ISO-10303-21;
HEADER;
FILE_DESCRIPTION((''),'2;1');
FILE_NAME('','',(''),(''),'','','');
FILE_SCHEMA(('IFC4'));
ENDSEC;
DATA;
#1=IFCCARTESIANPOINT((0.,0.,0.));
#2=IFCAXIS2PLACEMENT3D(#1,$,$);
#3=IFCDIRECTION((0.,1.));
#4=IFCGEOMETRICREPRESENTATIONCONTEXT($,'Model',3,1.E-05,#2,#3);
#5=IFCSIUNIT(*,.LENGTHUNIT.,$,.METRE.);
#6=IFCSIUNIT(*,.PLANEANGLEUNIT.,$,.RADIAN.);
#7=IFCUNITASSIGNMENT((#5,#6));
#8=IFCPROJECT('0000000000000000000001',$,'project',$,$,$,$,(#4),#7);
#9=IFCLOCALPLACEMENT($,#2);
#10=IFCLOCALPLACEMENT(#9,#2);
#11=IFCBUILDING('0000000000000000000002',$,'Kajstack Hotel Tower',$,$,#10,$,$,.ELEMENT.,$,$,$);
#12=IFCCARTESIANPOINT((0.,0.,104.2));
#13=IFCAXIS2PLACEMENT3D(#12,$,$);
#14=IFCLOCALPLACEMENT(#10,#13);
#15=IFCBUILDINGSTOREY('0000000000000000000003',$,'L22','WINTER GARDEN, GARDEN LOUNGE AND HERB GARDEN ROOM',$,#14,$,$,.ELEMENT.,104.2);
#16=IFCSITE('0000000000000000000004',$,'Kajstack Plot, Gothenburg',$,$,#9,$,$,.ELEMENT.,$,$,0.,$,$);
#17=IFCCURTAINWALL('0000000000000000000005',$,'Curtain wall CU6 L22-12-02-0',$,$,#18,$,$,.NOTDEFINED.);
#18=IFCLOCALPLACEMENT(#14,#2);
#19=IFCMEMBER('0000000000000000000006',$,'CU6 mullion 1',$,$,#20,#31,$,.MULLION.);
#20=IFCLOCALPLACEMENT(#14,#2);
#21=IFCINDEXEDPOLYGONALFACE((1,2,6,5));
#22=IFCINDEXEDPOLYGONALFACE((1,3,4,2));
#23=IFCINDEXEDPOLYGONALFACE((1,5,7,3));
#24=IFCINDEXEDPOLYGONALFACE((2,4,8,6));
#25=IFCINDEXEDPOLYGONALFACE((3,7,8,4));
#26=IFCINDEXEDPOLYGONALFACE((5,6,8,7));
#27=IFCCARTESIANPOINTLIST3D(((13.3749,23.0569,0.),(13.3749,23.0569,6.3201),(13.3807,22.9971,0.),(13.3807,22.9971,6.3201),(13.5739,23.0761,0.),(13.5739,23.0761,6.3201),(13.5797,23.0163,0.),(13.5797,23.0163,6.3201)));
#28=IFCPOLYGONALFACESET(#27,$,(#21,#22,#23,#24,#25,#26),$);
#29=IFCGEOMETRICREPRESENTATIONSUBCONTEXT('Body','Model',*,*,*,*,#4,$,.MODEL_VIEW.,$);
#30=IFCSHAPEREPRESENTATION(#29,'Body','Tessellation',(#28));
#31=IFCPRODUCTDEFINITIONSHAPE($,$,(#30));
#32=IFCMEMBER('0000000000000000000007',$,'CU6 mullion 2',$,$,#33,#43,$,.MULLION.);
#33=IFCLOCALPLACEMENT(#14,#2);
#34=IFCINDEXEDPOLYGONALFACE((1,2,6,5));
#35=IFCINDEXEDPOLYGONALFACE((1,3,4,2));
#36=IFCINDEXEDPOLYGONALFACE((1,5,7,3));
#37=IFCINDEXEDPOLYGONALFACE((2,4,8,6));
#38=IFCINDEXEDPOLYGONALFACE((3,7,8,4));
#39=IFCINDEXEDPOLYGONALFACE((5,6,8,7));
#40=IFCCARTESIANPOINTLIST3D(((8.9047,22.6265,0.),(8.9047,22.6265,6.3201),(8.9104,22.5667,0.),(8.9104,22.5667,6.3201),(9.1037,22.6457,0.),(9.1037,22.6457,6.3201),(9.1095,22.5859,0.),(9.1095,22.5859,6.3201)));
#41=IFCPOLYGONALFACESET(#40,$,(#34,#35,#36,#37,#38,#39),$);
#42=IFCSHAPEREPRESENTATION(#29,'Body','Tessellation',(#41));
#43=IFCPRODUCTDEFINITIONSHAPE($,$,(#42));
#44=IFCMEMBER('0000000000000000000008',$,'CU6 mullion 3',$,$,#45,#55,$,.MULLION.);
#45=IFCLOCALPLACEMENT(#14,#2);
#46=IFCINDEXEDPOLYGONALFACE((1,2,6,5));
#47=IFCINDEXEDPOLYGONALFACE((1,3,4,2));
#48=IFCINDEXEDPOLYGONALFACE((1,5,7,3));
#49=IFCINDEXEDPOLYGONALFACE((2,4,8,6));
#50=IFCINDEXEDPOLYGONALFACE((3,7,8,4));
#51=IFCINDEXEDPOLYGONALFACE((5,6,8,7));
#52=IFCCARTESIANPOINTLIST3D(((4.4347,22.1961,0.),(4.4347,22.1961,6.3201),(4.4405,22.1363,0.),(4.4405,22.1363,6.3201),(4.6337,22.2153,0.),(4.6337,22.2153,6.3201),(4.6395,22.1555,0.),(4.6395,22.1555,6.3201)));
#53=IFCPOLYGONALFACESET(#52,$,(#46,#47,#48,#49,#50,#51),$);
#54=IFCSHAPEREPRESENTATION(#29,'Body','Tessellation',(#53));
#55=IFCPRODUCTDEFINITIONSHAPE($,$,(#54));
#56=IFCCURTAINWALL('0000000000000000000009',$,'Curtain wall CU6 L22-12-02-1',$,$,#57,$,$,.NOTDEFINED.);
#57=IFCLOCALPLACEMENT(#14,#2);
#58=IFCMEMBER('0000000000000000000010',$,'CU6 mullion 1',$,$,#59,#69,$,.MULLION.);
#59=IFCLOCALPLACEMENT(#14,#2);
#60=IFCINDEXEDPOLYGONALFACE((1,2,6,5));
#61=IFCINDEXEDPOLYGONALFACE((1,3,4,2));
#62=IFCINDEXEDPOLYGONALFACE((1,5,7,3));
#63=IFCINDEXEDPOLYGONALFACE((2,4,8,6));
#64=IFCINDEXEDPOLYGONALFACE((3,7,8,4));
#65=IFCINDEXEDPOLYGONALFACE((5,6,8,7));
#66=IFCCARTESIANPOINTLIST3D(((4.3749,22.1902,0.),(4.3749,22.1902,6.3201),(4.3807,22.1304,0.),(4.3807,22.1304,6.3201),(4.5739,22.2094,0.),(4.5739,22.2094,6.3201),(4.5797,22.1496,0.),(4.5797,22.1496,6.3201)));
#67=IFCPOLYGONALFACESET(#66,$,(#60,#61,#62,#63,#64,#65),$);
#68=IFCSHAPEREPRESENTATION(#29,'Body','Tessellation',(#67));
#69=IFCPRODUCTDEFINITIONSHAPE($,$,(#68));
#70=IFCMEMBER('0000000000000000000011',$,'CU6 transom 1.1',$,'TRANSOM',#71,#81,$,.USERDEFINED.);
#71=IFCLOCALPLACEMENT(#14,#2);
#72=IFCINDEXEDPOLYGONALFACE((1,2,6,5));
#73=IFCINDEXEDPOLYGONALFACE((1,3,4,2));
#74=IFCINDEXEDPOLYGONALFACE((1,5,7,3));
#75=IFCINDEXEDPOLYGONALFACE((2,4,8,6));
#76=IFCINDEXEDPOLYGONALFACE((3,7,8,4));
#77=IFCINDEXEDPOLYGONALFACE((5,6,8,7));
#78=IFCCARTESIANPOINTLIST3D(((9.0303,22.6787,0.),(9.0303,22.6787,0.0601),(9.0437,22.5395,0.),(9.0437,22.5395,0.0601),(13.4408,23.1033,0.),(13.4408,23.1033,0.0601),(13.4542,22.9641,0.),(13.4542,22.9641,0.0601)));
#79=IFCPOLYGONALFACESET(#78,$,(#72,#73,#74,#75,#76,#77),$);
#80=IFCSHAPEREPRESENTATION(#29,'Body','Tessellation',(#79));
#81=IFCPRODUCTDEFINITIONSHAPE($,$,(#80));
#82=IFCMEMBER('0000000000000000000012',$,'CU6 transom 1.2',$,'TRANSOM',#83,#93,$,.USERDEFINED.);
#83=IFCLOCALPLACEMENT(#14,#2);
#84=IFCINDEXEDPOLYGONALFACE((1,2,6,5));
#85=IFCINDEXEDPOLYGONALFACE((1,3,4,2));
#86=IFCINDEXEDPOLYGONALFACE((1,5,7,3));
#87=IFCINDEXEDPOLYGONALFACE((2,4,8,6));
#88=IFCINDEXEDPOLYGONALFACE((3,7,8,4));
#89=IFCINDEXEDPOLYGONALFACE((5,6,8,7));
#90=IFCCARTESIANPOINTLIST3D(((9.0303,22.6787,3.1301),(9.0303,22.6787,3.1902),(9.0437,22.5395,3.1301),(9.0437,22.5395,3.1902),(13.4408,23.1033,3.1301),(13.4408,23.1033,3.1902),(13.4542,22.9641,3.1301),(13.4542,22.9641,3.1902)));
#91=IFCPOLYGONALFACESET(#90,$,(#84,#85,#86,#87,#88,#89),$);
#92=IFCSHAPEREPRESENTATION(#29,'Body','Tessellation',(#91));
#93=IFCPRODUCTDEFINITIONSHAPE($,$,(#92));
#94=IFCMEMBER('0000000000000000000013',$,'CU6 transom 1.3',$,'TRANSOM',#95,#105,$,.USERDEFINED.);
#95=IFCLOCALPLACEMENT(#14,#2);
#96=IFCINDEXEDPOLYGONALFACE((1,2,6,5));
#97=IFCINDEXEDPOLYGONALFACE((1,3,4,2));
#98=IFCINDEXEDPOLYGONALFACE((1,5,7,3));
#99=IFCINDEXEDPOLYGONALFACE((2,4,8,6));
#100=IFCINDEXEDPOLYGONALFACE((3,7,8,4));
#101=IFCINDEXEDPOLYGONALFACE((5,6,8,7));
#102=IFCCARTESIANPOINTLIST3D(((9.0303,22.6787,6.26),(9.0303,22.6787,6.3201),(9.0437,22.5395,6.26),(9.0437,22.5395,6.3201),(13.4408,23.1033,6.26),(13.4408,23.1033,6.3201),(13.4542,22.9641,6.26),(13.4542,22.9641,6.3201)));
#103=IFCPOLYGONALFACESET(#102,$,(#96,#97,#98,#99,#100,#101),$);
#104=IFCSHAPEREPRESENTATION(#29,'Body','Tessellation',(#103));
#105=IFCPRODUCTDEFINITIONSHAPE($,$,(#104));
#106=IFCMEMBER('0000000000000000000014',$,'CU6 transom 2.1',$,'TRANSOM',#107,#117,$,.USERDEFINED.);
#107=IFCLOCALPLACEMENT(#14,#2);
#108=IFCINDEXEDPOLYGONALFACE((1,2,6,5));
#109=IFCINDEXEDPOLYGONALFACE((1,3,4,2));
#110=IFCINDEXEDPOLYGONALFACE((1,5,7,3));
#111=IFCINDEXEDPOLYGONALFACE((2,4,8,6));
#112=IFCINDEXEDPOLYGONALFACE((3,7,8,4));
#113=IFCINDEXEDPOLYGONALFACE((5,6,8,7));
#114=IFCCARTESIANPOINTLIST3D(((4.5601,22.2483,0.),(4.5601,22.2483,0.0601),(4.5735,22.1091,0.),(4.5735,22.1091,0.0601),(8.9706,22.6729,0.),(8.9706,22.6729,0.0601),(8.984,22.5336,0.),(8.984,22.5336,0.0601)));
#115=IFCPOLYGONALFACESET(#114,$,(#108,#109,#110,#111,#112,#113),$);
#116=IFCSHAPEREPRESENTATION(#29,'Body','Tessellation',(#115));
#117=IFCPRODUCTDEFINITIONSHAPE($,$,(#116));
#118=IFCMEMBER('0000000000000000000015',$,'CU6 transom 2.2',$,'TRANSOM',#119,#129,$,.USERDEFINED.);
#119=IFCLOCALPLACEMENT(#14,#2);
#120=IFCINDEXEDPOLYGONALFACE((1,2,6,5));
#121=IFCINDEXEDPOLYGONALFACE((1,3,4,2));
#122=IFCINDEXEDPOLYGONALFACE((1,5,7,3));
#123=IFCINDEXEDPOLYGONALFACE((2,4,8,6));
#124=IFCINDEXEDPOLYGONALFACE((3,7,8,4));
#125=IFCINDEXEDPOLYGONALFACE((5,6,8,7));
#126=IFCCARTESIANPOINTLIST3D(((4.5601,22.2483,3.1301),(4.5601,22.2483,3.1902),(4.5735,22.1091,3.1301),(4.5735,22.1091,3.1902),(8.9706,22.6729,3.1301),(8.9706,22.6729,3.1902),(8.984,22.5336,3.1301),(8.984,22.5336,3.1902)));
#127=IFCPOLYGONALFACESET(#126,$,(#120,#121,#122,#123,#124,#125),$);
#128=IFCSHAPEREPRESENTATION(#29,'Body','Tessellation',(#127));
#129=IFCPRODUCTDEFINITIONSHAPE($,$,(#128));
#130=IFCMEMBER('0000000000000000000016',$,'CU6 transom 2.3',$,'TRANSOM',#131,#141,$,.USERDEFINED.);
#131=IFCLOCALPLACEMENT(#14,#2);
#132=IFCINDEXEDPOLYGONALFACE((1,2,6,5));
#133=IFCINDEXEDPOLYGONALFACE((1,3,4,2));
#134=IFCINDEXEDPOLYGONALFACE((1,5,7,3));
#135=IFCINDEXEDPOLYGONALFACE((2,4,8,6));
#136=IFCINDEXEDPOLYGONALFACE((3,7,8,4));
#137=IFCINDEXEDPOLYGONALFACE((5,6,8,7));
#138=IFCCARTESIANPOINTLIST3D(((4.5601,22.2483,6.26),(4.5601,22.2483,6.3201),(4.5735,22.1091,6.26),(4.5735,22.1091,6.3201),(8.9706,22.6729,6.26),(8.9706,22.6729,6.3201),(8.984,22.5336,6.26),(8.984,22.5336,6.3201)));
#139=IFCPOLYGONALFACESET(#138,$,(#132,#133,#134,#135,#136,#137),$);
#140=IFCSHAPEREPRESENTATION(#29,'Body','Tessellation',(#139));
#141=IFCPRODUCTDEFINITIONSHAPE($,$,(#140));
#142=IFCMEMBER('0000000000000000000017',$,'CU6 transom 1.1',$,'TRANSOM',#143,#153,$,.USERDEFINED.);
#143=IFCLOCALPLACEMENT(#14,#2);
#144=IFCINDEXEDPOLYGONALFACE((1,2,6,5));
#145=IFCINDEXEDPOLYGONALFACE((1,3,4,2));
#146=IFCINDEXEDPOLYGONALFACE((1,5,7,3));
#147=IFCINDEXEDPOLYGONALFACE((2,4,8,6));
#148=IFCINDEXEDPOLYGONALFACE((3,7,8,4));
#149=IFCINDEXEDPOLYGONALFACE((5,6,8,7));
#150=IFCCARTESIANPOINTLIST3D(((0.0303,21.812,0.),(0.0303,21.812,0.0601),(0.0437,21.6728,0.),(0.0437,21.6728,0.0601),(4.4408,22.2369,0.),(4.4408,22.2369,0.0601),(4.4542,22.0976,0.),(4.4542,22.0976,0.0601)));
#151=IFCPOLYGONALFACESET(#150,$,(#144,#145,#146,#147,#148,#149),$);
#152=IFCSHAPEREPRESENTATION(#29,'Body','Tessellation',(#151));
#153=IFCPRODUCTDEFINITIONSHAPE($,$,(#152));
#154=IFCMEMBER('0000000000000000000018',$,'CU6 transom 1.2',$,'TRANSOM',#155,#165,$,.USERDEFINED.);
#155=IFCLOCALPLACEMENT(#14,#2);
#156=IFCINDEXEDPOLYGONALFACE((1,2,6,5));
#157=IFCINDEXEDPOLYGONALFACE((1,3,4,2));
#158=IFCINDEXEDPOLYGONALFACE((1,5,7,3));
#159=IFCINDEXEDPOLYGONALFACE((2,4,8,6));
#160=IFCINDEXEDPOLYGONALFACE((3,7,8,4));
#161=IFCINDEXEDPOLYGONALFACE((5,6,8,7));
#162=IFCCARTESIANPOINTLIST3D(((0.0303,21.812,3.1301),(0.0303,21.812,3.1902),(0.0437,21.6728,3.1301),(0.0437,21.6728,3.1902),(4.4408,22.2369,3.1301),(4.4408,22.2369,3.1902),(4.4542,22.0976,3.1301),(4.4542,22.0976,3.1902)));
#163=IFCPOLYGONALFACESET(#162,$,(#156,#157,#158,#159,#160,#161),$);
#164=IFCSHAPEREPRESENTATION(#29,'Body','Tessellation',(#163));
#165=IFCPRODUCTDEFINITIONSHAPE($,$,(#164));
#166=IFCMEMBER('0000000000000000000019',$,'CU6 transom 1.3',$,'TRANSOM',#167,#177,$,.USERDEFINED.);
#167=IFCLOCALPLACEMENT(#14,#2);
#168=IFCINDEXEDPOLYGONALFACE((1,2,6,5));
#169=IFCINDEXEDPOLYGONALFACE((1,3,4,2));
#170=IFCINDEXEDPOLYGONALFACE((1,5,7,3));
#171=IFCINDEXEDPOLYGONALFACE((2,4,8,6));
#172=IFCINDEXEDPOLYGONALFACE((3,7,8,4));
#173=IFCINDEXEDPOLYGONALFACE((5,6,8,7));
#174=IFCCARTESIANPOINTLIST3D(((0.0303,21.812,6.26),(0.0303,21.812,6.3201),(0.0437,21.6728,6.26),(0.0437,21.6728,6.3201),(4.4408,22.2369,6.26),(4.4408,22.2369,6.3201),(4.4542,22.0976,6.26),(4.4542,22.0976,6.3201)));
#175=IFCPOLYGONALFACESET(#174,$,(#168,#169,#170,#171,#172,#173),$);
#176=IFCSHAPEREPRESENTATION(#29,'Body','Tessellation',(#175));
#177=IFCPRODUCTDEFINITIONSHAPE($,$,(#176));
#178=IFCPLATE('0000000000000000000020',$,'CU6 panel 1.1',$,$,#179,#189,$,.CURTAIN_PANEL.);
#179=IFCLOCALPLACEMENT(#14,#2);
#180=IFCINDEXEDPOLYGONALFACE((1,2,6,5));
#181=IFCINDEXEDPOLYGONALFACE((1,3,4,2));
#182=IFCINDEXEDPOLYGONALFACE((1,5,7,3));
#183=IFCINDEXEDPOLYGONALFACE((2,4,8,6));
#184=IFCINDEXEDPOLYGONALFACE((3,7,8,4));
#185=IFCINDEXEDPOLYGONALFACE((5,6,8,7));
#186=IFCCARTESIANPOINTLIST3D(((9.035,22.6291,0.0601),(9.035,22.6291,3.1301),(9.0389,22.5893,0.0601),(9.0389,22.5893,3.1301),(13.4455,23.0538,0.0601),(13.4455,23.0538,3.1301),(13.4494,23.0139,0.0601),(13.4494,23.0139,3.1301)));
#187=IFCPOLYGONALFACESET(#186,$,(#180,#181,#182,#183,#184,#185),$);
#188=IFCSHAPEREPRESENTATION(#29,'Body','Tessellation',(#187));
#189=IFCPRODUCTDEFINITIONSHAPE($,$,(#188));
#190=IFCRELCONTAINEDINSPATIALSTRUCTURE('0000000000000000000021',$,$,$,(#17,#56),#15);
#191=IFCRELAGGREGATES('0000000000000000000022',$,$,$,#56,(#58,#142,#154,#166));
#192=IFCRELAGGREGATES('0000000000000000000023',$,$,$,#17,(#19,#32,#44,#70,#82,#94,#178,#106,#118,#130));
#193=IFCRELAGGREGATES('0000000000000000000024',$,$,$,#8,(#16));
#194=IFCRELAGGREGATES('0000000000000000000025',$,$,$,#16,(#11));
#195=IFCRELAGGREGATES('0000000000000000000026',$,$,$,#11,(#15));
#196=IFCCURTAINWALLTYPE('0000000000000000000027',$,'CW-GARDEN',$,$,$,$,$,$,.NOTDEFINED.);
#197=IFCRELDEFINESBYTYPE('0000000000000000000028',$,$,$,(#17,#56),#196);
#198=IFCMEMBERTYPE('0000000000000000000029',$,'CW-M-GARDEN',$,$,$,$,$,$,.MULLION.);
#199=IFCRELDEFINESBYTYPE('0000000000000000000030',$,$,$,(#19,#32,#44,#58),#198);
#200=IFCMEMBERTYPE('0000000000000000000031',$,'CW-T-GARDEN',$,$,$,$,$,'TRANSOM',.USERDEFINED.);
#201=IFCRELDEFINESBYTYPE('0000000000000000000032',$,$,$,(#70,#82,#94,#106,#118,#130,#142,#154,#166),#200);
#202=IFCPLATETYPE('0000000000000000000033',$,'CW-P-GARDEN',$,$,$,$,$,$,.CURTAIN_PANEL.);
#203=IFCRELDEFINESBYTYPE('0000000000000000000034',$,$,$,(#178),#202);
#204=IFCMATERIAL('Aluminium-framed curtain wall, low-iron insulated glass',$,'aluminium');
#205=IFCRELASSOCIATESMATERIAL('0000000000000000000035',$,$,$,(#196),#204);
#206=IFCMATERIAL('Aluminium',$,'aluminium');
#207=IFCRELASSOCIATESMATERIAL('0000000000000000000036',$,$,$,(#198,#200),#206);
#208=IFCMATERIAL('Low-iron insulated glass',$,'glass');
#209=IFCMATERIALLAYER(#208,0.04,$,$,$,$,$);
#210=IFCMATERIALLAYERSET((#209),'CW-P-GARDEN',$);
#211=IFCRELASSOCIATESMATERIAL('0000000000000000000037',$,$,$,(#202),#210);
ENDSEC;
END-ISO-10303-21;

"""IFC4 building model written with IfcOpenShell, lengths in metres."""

from ifc_helpers import new_model, si_unit, direction, frame, origin, origin_2d, place, context, subcontext, project, spatial, rectangle, extrude, material, layer, layer_set, material_profile, profile_set, type_object, element, aggregate, save


model = new_model("IFC4")

# Units and contexts
model_context = context("Model", 3, precision=1e-05, world=origin(), true_north=direction((0.0, 1.0)))
body_context = subcontext(model_context, "Body", "Model", "MODEL_VIEW")
ifc_project = project(units=[si_unit("LENGTHUNIT", "METRE"), si_unit("PLANEANGLEUNIT", "RADIAN")], contexts=[model_context])

# Site, building, storey
site_placement = place(None, origin())
site = spatial("IfcSite", under=ifc_project, at=site_placement, Name="Kajstack Plot, Gothenburg", CompositionType="ELEMENT", RefElevation=0.0)
building_placement = place(site_placement, origin())
building = spatial("IfcBuilding", under=site, at=building_placement, Name="Kajstack Hotel Tower", CompositionType="ELEMENT")
storey_placement = place(building_placement, frame((0.0, 0.0, 104.2)))
storey = spatial("IfcBuildingStorey", under=building, at=storey_placement, Name="L22", Description="WINTER GARDEN, GARDEN LOUNGE AND HERB GARDEN ROOM", CompositionType="ELEMENT", Elevation=104.2)

# Curtain wall, members
ifc_material_1 = material(Name="Aluminium-framed curtain wall, low-iron insulated glass", Category="aluminium")
curtain_wall_type = type_object("IfcCurtainWallType", Name="CW-GARDEN", PredefinedType="NOTDEFINED", material=ifc_material_1)
curtain_wall_1_placement = place(storey_placement, origin())
curtain_wall_1 = element("IfcCurtainWall", 1, at=curtain_wall_1_placement, inside=storey, type_object=curtain_wall_type, Name="Curtain wall CU6 L22-12-02-0", PredefinedType="NOTDEFINED")
ifc_material_2 = material(Name="Aluminium", Category="aluminium")
ifc_material_profile_1 = material_profile(ifc_material_2, rectangle(XDim=0.0601, YDim=0.2, at=origin_2d()), Name="Aluminium mullion 60 x 200")
ifc_profile_set_1 = profile_set([ifc_material_profile_1], Name="Aluminium")
member_type_1 = type_object("IfcMemberType", Name="CW-M-GARDEN", PredefinedType="MULLION", material=ifc_profile_set_1)
member_1_placement = place(storey_placement, frame((13.4773, 23.0366, 0.0), z_axis=(0.0, 0.0, 1.0), x_axis=(0.095846, -0.995396, 0.0)))
member_1 = element("IfcMember", 2, at=member_1_placement, type_object=member_type_1, Name="CU6 mullion 1", PredefinedType="MULLION", context=body_context, shape_type="SweptSolid", body=[
    extrude(rectangle(XDim=0.0601, YDim=0.2, at=origin_2d()), origin(), (0.0, 0.0, 1.0), 6.3201),
])
member_2_placement = place(storey_placement, frame((9.0071, 22.6062, 0.0), z_axis=(0.0, 0.0, 1.0), x_axis=(0.095846, -0.995396, 0.0)))
member_2 = element("IfcMember", 3, at=member_2_placement, type_object=member_type_1, Name="CU6 mullion 2", PredefinedType="MULLION", context=body_context, shape_type="SweptSolid", body=[
    extrude(rectangle(XDim=0.0601, YDim=0.2, at=origin_2d()), origin(), (0.0, 0.0, 1.0), 6.3201),
])
member_3_placement = place(storey_placement, frame((4.5371, 22.1758, 0.0), z_axis=(0.0, 0.0, 1.0), x_axis=(0.095846, -0.995396, 0.0)))
member_3 = element("IfcMember", 4, at=member_3_placement, type_object=member_type_1, Name="CU6 mullion 3", PredefinedType="MULLION", context=body_context, shape_type="SweptSolid", body=[
    extrude(rectangle(XDim=0.0601, YDim=0.2, at=origin_2d()), origin(), (0.0, 0.0, 1.0), 6.3201),
])

# Curtain wall, member
curtain_wall_2_placement = place(storey_placement, origin())
curtain_wall_2 = element("IfcCurtainWall", 5, at=curtain_wall_2_placement, inside=storey, type_object=curtain_wall_type, Name="Curtain wall CU6 L22-12-02-1", PredefinedType="NOTDEFINED")
member_4_placement = place(storey_placement, frame((4.4773, 22.1699, 0.0), z_axis=(0.0, 0.0, 1.0), x_axis=(0.095846, -0.995396, 0.0)))
member_4 = element("IfcMember", 6, at=member_4_placement, type_object=member_type_1, Name="CU6 mullion 1", PredefinedType="MULLION", context=body_context, shape_type="SweptSolid", body=[
    extrude(rectangle(XDim=0.0601, YDim=0.2, at=origin_2d()), origin(), (0.0, 0.0, 1.0), 6.3201),
])

# Members
ifc_material_profile_2 = material_profile(ifc_material_2, rectangle(XDim=0.1399, YDim=0.0601, at=origin_2d()), Name="Aluminium transom 140 x 60")
ifc_profile_set_2 = profile_set([ifc_material_profile_2], Name="Aluminium")
member_type_2 = type_object("IfcMemberType", Name="CW-T-GARDEN", ElementType="TRANSOM", PredefinedType="USERDEFINED", material=ifc_profile_set_2)
member_5_placement = place(storey_placement, frame((13.4475, 23.0337, 0.03), z_axis=(-0.995399, -0.095821, 0.0), x_axis=(0.095821, -0.995399, 0.0)))
member_5 = element("IfcMember", 7, at=member_5_placement, type_object=member_type_2, Name="CU6 transom 1.1", ObjectType="TRANSOM", PredefinedType="USERDEFINED", context=body_context, shape_type="SweptSolid", body=[
    extrude(rectangle(XDim=0.1399, YDim=0.0601, at=origin_2d()), origin(), (0.0, 0.0, 1.0), 4.4309),
])
member_6_placement = place(storey_placement, frame((13.4475, 23.0337, 3.1602), z_axis=(-0.995399, -0.095821, 0.0), x_axis=(0.095821, -0.995399, 0.0)))
member_6 = element("IfcMember", 8, at=member_6_placement, type_object=member_type_2, Name="CU6 transom 1.2", ObjectType="TRANSOM", PredefinedType="USERDEFINED", context=body_context, shape_type="SweptSolid", body=[
    extrude(rectangle(XDim=0.1399, YDim=0.0601, at=origin_2d()), origin(), (0.0, 0.0, 1.0), 4.4309),
])
member_7_placement = place(storey_placement, frame((13.4475, 23.0337, 6.29), z_axis=(-0.995399, -0.095821, 0.0), x_axis=(0.095821, -0.995399, 0.0)))
member_7 = element("IfcMember", 9, at=member_7_placement, type_object=member_type_2, Name="CU6 transom 1.3", ObjectType="TRANSOM", PredefinedType="USERDEFINED", context=body_context, shape_type="SweptSolid", body=[
    extrude(rectangle(XDim=0.1399, YDim=0.0601, at=origin_2d()), origin(), (0.0, 0.0, 1.0), 4.4309),
])
member_8_placement = place(storey_placement, frame((8.9773, 22.6033, 0.03), z_axis=(-0.995399, -0.095821, 0.0), x_axis=(0.095821, -0.995399, 0.0)))
member_8 = element("IfcMember", 10, at=member_8_placement, type_object=member_type_2, Name="CU6 transom 2.1", ObjectType="TRANSOM", PredefinedType="USERDEFINED", context=body_context, shape_type="SweptSolid", body=[
    extrude(rectangle(XDim=0.1399, YDim=0.0601, at=origin_2d()), origin(), (0.0, 0.0, 1.0), 4.4309),
])
member_9_placement = place(storey_placement, frame((8.9773, 22.6033, 3.1602), z_axis=(-0.995399, -0.095821, 0.0), x_axis=(0.095821, -0.995399, 0.0)))
member_9 = element("IfcMember", 11, at=member_9_placement, type_object=member_type_2, Name="CU6 transom 2.2", ObjectType="TRANSOM", PredefinedType="USERDEFINED", context=body_context, shape_type="SweptSolid", body=[
    extrude(rectangle(XDim=0.1399, YDim=0.0601, at=origin_2d()), origin(), (0.0, 0.0, 1.0), 4.4309),
])
member_10_placement = place(storey_placement, frame((8.9773, 22.6033, 6.29), z_axis=(-0.995399, -0.095821, 0.0), x_axis=(0.095821, -0.995399, 0.0)))
member_10 = element("IfcMember", 12, at=member_10_placement, type_object=member_type_2, Name="CU6 transom 2.3", ObjectType="TRANSOM", PredefinedType="USERDEFINED", context=body_context, shape_type="SweptSolid", body=[
    extrude(rectangle(XDim=0.1399, YDim=0.0601, at=origin_2d()), origin(), (0.0, 0.0, 1.0), 4.4309),
])
member_11_placement = place(storey_placement, frame((4.4475, 22.1672, 0.03), z_axis=(-0.995393, -0.095875, 0.0), x_axis=(0.095875, -0.995393, 0.0)))
member_11 = element("IfcMember", 13, at=member_11_placement, type_object=member_type_2, Name="CU6 transom 1.1", ObjectType="TRANSOM", PredefinedType="USERDEFINED", context=body_context, shape_type="SweptSolid", body=[
    extrude(rectangle(XDim=0.1399, YDim=0.0601, at=origin_2d()), origin(), (0.0, 0.0, 1.0), 4.4309),
])
member_12_placement = place(storey_placement, frame((4.4475, 22.1672, 3.1602), z_axis=(-0.995393, -0.095875, 0.0), x_axis=(0.095875, -0.995393, 0.0)))
member_12 = element("IfcMember", 14, at=member_12_placement, type_object=member_type_2, Name="CU6 transom 1.2", ObjectType="TRANSOM", PredefinedType="USERDEFINED", context=body_context, shape_type="SweptSolid", body=[
    extrude(rectangle(XDim=0.1399, YDim=0.0601, at=origin_2d()), origin(), (0.0, 0.0, 1.0), 4.4309),
])
member_13_placement = place(storey_placement, frame((4.4475, 22.1672, 6.29), z_axis=(-0.995393, -0.095875, 0.0), x_axis=(0.095875, -0.995393, 0.0)))
member_13 = element("IfcMember", 15, at=member_13_placement, type_object=member_type_2, Name="CU6 transom 1.3", ObjectType="TRANSOM", PredefinedType="USERDEFINED", context=body_context, shape_type="SweptSolid", body=[
    extrude(rectangle(XDim=0.1399, YDim=0.0601, at=origin_2d()), origin(), (0.0, 0.0, 1.0), 4.4309),
])
aggregate(curtain_wall_2, [member_4, member_11, member_12, member_13])

# Plate
ifc_material_3 = material(Name="Low-iron insulated glass", Category="glass")
ifc_layer = layer(ifc_material_3, 0.04)
ifc_layer_set = layer_set([ifc_layer], Name="CW-P-GARDEN")
plate_type = type_object("IfcPlateType", Name="CW-P-GARDEN", PredefinedType="CURTAIN_PANEL", material=ifc_layer_set)
plate_1_placement = place(storey_placement, frame((11.2422, 22.8215, 0.0601), z_axis=(0.0, 0.0, 1.0), x_axis=(-0.995396, -0.095846, 0.0)))
plate_1 = element("IfcPlate", 16, at=plate_1_placement, type_object=plate_type, Name="CU6 panel 1.1", PredefinedType="CURTAIN_PANEL", context=body_context, shape_type="SweptSolid", body=[
    extrude(rectangle(XDim=4.4309, YDim=0.04, at=origin_2d()), origin(), (0.0, 0.0, 1.0), 3.0701),
])
aggregate(curtain_wall_1, [member_1, member_2, member_3, member_5, member_6, member_7, plate_1, member_8, member_9, member_10])

save(model, "model.ifc")
